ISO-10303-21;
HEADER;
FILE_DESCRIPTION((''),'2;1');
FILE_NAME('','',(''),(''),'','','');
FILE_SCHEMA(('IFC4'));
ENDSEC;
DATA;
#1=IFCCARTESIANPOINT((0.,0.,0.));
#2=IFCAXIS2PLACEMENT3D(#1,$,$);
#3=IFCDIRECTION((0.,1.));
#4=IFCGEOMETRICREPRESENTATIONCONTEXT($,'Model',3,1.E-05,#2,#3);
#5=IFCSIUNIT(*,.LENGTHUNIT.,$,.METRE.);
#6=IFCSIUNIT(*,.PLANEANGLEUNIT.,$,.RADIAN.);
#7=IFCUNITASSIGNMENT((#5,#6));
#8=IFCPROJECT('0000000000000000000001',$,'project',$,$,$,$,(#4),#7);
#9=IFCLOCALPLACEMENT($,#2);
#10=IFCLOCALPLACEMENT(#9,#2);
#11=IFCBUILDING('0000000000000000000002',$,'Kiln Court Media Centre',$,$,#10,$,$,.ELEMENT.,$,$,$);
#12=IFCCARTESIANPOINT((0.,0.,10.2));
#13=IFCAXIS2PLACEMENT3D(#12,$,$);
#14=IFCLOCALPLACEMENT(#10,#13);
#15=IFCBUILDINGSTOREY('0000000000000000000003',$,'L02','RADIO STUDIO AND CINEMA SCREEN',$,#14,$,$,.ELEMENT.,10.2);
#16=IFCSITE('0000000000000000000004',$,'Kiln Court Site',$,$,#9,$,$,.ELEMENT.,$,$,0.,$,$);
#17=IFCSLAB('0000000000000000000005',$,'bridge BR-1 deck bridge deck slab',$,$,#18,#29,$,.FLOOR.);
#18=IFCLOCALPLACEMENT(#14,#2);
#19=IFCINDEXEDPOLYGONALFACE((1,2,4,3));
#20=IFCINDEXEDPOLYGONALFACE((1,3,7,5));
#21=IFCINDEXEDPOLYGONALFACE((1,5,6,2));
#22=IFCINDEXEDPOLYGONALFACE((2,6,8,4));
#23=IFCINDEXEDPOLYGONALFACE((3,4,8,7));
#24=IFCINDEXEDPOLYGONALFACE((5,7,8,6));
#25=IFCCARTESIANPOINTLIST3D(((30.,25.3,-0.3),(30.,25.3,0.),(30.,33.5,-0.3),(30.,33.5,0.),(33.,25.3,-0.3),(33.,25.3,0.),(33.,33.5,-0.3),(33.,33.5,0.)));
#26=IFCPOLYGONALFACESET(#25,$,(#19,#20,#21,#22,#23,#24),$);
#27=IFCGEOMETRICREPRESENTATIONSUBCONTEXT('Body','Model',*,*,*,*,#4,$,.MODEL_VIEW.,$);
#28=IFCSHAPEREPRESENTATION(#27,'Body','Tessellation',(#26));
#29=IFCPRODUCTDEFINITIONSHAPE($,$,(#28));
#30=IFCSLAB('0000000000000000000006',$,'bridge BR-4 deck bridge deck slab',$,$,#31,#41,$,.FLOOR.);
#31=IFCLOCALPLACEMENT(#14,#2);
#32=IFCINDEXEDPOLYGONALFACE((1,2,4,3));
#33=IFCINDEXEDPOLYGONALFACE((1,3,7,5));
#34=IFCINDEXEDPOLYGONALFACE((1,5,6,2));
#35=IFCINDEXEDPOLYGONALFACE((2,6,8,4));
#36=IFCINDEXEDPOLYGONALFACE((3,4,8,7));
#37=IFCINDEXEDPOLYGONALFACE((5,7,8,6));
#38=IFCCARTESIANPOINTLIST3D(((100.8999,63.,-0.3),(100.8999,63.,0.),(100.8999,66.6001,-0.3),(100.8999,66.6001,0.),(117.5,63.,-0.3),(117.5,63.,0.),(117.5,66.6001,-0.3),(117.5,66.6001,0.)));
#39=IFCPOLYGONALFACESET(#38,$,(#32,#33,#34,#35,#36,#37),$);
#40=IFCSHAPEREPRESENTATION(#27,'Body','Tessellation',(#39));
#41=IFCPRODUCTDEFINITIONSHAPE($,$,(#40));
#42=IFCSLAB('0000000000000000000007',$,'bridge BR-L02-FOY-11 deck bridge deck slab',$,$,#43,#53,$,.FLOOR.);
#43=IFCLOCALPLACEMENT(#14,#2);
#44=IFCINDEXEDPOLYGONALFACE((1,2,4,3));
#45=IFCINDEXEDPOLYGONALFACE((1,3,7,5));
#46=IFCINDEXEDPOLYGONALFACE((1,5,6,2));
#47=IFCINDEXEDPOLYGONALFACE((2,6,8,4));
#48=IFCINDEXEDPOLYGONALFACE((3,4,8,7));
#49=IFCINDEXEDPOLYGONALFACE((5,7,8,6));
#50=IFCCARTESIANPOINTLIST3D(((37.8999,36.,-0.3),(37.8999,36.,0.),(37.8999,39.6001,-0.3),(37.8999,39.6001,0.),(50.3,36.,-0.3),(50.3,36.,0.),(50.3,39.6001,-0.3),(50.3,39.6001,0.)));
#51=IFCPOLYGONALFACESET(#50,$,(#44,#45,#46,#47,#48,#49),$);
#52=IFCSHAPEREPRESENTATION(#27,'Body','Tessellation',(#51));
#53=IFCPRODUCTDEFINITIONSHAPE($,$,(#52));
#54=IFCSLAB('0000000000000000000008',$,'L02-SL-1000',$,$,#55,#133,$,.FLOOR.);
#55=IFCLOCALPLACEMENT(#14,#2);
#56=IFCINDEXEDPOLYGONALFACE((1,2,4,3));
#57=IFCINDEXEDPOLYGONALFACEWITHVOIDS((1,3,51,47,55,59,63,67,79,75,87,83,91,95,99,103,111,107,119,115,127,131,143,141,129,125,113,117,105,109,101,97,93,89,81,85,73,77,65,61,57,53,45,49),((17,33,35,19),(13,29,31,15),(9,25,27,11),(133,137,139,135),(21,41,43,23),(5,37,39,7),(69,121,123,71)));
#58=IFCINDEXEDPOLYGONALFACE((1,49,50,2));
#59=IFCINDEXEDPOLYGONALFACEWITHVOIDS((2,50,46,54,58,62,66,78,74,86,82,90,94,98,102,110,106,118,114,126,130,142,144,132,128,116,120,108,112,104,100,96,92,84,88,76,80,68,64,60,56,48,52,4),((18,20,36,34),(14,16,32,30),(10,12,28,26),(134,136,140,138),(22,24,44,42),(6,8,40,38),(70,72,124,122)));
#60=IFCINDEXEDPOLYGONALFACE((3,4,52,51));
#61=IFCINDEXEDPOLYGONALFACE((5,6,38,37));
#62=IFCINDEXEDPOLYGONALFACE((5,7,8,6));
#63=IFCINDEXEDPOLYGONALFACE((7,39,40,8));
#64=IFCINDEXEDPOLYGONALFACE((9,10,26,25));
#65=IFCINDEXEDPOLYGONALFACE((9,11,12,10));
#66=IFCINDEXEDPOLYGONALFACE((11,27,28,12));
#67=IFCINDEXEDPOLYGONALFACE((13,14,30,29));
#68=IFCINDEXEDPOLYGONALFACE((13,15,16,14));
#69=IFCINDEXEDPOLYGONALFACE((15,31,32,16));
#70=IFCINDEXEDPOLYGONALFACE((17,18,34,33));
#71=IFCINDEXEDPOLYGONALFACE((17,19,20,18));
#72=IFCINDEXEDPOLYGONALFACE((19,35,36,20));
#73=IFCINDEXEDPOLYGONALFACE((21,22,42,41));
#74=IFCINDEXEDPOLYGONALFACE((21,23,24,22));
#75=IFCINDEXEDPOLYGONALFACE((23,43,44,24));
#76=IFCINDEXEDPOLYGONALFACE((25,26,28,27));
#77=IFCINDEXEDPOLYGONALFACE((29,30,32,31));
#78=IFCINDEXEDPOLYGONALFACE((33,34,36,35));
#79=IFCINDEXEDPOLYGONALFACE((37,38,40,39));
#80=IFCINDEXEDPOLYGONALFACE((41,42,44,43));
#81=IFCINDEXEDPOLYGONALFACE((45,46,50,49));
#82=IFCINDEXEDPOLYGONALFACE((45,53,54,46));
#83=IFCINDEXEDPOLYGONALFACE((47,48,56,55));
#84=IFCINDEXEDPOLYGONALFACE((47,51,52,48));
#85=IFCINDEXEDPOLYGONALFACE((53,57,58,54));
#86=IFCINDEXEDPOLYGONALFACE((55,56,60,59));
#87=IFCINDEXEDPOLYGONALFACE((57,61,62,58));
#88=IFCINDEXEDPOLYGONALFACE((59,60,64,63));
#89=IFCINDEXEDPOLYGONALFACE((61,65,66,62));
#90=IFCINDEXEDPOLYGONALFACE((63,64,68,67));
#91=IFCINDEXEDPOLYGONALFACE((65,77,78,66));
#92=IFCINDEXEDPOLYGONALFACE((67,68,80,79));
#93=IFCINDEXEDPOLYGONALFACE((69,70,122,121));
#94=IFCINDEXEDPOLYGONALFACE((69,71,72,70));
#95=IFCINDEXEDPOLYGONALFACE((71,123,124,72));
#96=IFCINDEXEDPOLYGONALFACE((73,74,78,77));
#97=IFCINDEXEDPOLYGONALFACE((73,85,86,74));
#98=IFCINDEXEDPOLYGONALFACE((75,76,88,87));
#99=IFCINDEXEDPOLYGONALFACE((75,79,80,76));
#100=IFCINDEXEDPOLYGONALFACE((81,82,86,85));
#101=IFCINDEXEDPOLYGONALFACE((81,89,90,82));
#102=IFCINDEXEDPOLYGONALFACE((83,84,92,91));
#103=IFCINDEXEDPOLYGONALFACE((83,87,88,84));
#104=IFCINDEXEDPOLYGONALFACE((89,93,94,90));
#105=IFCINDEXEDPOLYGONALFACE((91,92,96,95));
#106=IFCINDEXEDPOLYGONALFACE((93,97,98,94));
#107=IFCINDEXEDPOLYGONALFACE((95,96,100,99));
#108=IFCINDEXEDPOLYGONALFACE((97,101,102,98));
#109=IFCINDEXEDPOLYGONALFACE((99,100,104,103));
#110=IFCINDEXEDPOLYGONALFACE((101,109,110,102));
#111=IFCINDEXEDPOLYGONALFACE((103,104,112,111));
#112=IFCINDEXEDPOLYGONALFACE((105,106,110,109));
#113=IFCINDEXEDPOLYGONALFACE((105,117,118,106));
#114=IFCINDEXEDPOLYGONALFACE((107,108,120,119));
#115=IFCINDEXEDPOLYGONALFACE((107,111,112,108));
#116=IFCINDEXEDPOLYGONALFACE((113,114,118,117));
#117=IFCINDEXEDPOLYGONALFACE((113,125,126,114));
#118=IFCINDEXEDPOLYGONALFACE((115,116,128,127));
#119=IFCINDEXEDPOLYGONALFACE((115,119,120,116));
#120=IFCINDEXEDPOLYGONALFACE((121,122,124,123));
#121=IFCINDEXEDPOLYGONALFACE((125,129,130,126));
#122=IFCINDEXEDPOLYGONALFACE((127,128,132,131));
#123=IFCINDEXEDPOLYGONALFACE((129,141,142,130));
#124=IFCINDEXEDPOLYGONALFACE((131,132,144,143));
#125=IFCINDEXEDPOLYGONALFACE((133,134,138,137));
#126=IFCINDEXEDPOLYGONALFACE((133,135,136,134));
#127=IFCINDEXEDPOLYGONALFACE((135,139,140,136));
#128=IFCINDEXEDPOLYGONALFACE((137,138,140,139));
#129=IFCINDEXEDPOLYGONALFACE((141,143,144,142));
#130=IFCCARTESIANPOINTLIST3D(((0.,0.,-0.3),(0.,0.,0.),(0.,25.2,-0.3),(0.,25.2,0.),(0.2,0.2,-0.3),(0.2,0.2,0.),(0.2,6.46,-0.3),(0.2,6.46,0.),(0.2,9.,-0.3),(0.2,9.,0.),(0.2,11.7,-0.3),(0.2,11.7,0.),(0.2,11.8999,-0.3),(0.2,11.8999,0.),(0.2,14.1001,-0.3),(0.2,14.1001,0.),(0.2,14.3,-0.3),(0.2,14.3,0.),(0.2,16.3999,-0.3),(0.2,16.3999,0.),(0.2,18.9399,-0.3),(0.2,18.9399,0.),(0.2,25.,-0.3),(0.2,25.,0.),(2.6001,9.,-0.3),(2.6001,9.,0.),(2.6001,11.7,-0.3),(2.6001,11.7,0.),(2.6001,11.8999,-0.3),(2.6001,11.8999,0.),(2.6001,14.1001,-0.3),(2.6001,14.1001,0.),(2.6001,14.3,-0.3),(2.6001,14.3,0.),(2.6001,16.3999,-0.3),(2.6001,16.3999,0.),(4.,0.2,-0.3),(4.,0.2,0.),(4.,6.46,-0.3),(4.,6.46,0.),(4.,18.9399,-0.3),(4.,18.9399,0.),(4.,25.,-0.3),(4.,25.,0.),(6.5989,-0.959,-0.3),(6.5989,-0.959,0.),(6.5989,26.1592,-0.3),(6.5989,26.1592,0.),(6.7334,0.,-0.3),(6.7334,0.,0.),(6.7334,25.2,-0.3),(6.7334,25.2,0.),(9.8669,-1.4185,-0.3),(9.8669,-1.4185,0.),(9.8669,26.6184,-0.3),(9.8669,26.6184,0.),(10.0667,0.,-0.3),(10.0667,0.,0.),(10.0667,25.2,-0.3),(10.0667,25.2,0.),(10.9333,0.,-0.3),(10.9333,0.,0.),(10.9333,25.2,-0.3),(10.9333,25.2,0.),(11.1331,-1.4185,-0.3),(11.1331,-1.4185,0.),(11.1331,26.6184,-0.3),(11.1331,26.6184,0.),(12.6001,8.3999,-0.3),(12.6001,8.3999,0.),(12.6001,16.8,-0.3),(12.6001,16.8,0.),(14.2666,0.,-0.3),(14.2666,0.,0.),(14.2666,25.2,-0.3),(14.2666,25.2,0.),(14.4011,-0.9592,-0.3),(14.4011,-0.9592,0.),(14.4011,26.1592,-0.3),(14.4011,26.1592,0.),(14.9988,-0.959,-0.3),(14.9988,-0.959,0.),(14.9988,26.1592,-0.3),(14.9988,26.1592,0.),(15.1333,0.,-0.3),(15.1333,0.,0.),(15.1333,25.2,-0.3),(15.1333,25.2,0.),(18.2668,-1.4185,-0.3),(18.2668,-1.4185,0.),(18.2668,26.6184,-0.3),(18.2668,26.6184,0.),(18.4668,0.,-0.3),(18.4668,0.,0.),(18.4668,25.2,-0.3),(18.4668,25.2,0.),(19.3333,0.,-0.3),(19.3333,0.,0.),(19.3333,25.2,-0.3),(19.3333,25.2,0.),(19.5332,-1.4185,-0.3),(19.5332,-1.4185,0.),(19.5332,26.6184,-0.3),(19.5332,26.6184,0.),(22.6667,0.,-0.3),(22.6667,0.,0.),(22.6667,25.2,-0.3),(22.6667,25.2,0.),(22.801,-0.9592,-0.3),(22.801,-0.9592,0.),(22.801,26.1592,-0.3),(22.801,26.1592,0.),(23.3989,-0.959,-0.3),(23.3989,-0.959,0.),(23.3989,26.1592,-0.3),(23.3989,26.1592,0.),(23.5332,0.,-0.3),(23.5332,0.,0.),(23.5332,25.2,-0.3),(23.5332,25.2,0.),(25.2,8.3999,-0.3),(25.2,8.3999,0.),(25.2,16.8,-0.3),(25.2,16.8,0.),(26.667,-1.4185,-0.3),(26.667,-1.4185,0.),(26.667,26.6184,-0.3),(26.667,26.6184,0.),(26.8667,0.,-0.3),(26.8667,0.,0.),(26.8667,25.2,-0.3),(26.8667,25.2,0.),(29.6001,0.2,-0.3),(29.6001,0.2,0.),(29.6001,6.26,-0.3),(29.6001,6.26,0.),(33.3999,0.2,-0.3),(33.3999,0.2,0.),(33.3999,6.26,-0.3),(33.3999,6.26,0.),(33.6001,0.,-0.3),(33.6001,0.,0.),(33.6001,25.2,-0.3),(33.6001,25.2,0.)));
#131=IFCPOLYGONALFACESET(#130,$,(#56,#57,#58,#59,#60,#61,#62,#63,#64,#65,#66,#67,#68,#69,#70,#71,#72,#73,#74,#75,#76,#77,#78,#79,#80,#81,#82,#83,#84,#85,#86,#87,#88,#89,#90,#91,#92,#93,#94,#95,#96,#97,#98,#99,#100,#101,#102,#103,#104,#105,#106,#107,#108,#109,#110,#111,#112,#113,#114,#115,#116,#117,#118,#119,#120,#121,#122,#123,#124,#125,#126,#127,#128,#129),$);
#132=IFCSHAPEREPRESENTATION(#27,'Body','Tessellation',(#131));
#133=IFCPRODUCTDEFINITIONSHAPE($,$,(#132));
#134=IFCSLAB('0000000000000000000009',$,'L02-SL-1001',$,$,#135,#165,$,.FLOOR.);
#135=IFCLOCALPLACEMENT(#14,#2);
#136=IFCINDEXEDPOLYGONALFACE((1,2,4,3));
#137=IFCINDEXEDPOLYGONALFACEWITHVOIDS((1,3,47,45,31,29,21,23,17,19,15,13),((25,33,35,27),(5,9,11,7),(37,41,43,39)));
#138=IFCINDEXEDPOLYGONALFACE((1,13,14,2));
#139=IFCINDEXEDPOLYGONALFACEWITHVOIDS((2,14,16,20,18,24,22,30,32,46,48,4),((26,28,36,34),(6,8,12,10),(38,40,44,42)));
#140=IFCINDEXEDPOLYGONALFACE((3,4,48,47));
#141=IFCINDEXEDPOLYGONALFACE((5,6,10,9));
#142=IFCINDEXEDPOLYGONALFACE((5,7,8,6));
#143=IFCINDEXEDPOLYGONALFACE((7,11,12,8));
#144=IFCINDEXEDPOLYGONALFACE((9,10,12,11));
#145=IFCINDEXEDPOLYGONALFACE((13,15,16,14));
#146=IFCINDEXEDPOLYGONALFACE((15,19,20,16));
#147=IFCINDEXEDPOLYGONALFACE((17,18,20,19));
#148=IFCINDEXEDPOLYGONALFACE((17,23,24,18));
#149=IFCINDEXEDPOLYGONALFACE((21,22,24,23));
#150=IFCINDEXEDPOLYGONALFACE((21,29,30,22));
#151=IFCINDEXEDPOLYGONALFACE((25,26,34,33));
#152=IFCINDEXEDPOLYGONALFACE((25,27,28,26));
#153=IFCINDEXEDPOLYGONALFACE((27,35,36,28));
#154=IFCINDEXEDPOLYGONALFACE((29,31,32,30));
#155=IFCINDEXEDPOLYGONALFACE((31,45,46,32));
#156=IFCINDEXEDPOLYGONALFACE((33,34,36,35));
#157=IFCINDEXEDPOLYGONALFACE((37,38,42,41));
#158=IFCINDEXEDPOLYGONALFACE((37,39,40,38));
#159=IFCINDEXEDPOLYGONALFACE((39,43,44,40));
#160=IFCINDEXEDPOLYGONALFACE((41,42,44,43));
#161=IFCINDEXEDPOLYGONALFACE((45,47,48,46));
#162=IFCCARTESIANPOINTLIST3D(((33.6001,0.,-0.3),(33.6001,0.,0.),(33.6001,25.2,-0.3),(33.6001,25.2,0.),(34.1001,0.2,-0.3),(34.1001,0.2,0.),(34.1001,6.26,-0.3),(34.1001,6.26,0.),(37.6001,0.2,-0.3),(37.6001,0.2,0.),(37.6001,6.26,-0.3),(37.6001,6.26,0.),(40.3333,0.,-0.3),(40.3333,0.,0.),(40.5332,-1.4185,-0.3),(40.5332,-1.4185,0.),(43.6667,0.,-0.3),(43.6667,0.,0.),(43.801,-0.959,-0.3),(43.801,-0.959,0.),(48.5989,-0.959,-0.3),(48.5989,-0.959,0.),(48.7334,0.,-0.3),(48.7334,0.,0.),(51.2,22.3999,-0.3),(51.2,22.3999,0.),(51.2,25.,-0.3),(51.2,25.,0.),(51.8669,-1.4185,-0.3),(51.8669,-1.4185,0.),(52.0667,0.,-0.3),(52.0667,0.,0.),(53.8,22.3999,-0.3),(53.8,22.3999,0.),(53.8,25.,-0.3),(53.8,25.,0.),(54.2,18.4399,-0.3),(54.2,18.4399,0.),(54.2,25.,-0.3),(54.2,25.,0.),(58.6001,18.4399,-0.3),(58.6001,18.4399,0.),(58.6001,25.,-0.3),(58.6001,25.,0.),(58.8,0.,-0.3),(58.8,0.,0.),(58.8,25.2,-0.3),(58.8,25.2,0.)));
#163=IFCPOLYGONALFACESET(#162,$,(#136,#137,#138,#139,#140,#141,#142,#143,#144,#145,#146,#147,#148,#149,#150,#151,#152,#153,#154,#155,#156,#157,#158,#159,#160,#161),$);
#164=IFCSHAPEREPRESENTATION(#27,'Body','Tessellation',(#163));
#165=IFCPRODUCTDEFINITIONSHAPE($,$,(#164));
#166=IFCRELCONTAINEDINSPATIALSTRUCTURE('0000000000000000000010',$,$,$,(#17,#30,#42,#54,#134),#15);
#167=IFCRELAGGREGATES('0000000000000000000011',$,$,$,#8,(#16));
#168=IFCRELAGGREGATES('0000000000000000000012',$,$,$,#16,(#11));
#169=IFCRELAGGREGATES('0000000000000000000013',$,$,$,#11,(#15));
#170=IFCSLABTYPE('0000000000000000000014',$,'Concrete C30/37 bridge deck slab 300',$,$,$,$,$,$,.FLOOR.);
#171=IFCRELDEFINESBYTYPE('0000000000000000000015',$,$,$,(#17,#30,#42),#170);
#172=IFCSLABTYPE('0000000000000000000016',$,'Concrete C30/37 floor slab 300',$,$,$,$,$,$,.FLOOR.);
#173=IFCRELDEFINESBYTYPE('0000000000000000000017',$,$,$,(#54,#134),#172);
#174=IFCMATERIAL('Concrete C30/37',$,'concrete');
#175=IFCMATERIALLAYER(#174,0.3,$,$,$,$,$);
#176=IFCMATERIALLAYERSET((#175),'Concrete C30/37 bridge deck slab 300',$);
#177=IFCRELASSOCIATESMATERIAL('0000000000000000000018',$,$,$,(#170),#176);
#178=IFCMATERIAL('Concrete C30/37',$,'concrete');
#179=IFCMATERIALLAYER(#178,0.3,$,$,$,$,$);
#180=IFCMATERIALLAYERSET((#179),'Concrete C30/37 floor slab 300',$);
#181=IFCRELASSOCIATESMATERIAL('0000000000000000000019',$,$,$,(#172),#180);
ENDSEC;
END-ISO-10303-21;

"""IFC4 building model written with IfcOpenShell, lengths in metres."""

from ifc_helpers import new_model, si_unit, direction, frame, origin, place, context, subcontext, project, spatial, polyline, outline, extrude, material, layer, layer_set, type_object, element, save


model = new_model("IFC4")

# Units and contexts
model_context = context("Model", 3, precision=1e-05, world=origin(), true_north=direction((0.0, 1.0)))
body_context = subcontext(model_context, "Body", "Model", "MODEL_VIEW")
ifc_project = project(units=[si_unit("LENGTHUNIT", "METRE"), si_unit("PLANEANGLEUNIT", "RADIAN")], contexts=[model_context])

# Site, building, storey
site_placement = place(None, origin())
site = spatial("IfcSite", under=ifc_project, at=site_placement, Name="Kiln Court Site", CompositionType="ELEMENT", RefElevation=0.0)
building_placement = place(site_placement, origin())
building = spatial("IfcBuilding", under=site, at=building_placement, Name="Kiln Court Media Centre", CompositionType="ELEMENT")
storey_placement = place(building_placement, frame((0.0, 0.0, 10.2)))
storey = spatial("IfcBuildingStorey", under=building, at=storey_placement, Name="L02", Description="RADIO STUDIO AND CINEMA SCREEN", CompositionType="ELEMENT", Elevation=10.2)

# Slabs
ifc_material_1 = material(Name="Concrete C30/37", Category="concrete")
ifc_layer_1 = layer(ifc_material_1, 0.3)
ifc_layer_set_1 = layer_set([ifc_layer_1], Name="Concrete C30/37 bridge deck slab 300")
slab_type_1 = type_object("IfcSlabType", Name="Concrete C30/37 bridge deck slab 300", PredefinedType="FLOOR", material=ifc_layer_set_1)
slab_1_placement = place(storey_placement, frame((0.0, 0.0, -0.3)))
element("IfcSlab", 1, at=slab_1_placement, inside=storey, type_object=slab_type_1, Name="bridge BR-1 deck bridge deck slab", PredefinedType="FLOOR", context=body_context, shape_type="SweptSolid", body=[
    extrude(outline(polyline([(30.0, 25.3), (33.0, 25.3), (33.0, 33.5), (30.0, 33.5), (30.0, 25.3)])), origin(), (0.0, 0.0, 1.0), 0.3),
])
slab_2_placement = place(storey_placement, frame((0.0, 0.0, -0.3)))
element("IfcSlab", 2, at=slab_2_placement, inside=storey, type_object=slab_type_1, Name="bridge BR-4 deck bridge deck slab", PredefinedType="FLOOR", context=body_context, shape_type="SweptSolid", body=[
    extrude(outline(polyline([(100.8999, 63.0), (117.5, 63.0), (117.5, 66.6001), (100.8999, 66.6001), (100.8999, 63.0)])), origin(), (0.0, 0.0, 1.0), 0.3),
])
slab_3_placement = place(storey_placement, frame((0.0, 0.0, -0.3)))
element("IfcSlab", 3, at=slab_3_placement, inside=storey, type_object=slab_type_1, Name="bridge BR-L02-FOY-11 deck bridge deck slab", PredefinedType="FLOOR", context=body_context, shape_type="SweptSolid", body=[
    extrude(outline(polyline([(37.8999, 36.0), (50.3, 36.0), (50.3, 39.6001), (37.8999, 39.6001), (37.8999, 36.0)])), origin(), (0.0, 0.0, 1.0), 0.3),
])
ifc_material_2 = material(Name="Concrete C30/37", Category="concrete")
ifc_layer_2 = layer(ifc_material_2, 0.3)
ifc_layer_set_2 = layer_set([ifc_layer_2], Name="Concrete C30/37 floor slab 300")
slab_type_2 = type_object("IfcSlabType", Name="Concrete C30/37 floor slab 300", PredefinedType="FLOOR", material=ifc_layer_set_2)
slab_4_placement = place(storey_placement, frame((0.0, 0.0, -0.3)))
element("IfcSlab", 4, at=slab_4_placement, inside=storey, type_object=slab_type_2, Name="L02-SL-1000", PredefinedType="FLOOR", context=body_context, shape_type="SweptSolid", body=[
    extrude(outline(polyline([(9.8669, -1.4185), (6.5989, -0.959), (6.7334, 0.0), (0.0, 0.0), (0.0, 25.2), (6.7334, 25.2), (6.5989, 26.1592), (9.8669, 26.6184), (10.0667, 25.2), (10.9333, 25.2), (11.1331, 26.6184), (14.4011, 26.1592), (14.2666, 25.2), (15.1333, 25.2), (14.9988, 26.1592), (18.2668, 26.6184), (18.4668, 25.2), (19.3333, 25.2), (19.5332, 26.6184), (22.801, 26.1592), (22.6667, 25.2), (23.5332, 25.2), (23.3989, 26.1592), (26.667, 26.6184), (26.8667, 25.2), (33.6001, 25.2), (33.6001, 0.0), (26.8667, 0.0), (26.667, -1.4185), (23.3989, -0.959), (23.5332, 0.0), (22.6667, 0.0), (22.801, -0.9592), (19.5332, -1.4185), (19.3333, 0.0), (18.4668, 0.0), (18.2668, -1.4185), (14.9988, -0.959), (15.1333, 0.0), (14.2666, 0.0), (14.4011, -0.9592), (11.1331, -1.4185), (10.9333, 0.0), (10.0667, 0.0), (9.8669, -1.4185)]), holes=[polyline([(0.2, 0.2), (4.0, 0.2), (4.0, 6.46), (0.2, 6.46), (0.2, 0.2)]), polyline([(29.6001, 0.2), (33.3999, 0.2), (33.3999, 6.26), (29.6001, 6.26), (29.6001, 0.2)]), polyline([(12.6001, 8.3999), (25.2, 8.3999), (25.2, 16.8), (12.6001, 16.8), (12.6001, 8.3999)]), polyline([(0.2, 9.0), (2.6001, 9.0), (2.6001, 11.7), (0.2, 11.7), (0.2, 9.0)]), polyline([(0.2, 11.8999), (2.6001, 11.8999), (2.6001, 14.1001), (0.2, 14.1001), (0.2, 11.8999)]), polyline([(0.2, 14.3), (2.6001, 14.3), (2.6001, 16.3999), (0.2, 16.3999), (0.2, 14.3)]), polyline([(0.2, 18.9399), (4.0, 18.9399), (4.0, 25.0), (0.2, 25.0), (0.2, 18.9399)])]), origin(), (0.0, 0.0, 1.0), 0.3),
])
slab_5_placement = place(storey_placement, frame((0.0, 0.0, -0.3)))
element("IfcSlab", 5, at=slab_5_placement, inside=storey, type_object=slab_type_2, Name="L02-SL-1001", PredefinedType="FLOOR", context=body_context, shape_type="SweptSolid", body=[
    extrude(outline(polyline([(40.5332, -1.4185), (40.3333, 0.0), (33.6001, 0.0), (33.6001, 25.2), (58.8, 25.2), (58.8, 0.0), (52.0667, 0.0), (51.8669, -1.4185), (48.5989, -0.959), (48.7334, 0.0), (43.6667, 0.0), (43.801, -0.959), (40.5332, -1.4185)]), holes=[polyline([(34.1001, 0.2), (37.6001, 0.2), (37.6001, 6.26), (34.1001, 6.26), (34.1001, 0.2)]), polyline([(54.2, 18.4399), (58.6001, 18.4399), (58.6001, 25.0), (54.2, 25.0), (54.2, 18.4399)]), polyline([(51.2, 22.3999), (53.8, 22.3999), (53.8, 25.0), (51.2, 25.0), (51.2, 22.3999)])]), origin(), (0.0, 0.0, 1.0), 0.3),
])

save(model, "model.ifc")
